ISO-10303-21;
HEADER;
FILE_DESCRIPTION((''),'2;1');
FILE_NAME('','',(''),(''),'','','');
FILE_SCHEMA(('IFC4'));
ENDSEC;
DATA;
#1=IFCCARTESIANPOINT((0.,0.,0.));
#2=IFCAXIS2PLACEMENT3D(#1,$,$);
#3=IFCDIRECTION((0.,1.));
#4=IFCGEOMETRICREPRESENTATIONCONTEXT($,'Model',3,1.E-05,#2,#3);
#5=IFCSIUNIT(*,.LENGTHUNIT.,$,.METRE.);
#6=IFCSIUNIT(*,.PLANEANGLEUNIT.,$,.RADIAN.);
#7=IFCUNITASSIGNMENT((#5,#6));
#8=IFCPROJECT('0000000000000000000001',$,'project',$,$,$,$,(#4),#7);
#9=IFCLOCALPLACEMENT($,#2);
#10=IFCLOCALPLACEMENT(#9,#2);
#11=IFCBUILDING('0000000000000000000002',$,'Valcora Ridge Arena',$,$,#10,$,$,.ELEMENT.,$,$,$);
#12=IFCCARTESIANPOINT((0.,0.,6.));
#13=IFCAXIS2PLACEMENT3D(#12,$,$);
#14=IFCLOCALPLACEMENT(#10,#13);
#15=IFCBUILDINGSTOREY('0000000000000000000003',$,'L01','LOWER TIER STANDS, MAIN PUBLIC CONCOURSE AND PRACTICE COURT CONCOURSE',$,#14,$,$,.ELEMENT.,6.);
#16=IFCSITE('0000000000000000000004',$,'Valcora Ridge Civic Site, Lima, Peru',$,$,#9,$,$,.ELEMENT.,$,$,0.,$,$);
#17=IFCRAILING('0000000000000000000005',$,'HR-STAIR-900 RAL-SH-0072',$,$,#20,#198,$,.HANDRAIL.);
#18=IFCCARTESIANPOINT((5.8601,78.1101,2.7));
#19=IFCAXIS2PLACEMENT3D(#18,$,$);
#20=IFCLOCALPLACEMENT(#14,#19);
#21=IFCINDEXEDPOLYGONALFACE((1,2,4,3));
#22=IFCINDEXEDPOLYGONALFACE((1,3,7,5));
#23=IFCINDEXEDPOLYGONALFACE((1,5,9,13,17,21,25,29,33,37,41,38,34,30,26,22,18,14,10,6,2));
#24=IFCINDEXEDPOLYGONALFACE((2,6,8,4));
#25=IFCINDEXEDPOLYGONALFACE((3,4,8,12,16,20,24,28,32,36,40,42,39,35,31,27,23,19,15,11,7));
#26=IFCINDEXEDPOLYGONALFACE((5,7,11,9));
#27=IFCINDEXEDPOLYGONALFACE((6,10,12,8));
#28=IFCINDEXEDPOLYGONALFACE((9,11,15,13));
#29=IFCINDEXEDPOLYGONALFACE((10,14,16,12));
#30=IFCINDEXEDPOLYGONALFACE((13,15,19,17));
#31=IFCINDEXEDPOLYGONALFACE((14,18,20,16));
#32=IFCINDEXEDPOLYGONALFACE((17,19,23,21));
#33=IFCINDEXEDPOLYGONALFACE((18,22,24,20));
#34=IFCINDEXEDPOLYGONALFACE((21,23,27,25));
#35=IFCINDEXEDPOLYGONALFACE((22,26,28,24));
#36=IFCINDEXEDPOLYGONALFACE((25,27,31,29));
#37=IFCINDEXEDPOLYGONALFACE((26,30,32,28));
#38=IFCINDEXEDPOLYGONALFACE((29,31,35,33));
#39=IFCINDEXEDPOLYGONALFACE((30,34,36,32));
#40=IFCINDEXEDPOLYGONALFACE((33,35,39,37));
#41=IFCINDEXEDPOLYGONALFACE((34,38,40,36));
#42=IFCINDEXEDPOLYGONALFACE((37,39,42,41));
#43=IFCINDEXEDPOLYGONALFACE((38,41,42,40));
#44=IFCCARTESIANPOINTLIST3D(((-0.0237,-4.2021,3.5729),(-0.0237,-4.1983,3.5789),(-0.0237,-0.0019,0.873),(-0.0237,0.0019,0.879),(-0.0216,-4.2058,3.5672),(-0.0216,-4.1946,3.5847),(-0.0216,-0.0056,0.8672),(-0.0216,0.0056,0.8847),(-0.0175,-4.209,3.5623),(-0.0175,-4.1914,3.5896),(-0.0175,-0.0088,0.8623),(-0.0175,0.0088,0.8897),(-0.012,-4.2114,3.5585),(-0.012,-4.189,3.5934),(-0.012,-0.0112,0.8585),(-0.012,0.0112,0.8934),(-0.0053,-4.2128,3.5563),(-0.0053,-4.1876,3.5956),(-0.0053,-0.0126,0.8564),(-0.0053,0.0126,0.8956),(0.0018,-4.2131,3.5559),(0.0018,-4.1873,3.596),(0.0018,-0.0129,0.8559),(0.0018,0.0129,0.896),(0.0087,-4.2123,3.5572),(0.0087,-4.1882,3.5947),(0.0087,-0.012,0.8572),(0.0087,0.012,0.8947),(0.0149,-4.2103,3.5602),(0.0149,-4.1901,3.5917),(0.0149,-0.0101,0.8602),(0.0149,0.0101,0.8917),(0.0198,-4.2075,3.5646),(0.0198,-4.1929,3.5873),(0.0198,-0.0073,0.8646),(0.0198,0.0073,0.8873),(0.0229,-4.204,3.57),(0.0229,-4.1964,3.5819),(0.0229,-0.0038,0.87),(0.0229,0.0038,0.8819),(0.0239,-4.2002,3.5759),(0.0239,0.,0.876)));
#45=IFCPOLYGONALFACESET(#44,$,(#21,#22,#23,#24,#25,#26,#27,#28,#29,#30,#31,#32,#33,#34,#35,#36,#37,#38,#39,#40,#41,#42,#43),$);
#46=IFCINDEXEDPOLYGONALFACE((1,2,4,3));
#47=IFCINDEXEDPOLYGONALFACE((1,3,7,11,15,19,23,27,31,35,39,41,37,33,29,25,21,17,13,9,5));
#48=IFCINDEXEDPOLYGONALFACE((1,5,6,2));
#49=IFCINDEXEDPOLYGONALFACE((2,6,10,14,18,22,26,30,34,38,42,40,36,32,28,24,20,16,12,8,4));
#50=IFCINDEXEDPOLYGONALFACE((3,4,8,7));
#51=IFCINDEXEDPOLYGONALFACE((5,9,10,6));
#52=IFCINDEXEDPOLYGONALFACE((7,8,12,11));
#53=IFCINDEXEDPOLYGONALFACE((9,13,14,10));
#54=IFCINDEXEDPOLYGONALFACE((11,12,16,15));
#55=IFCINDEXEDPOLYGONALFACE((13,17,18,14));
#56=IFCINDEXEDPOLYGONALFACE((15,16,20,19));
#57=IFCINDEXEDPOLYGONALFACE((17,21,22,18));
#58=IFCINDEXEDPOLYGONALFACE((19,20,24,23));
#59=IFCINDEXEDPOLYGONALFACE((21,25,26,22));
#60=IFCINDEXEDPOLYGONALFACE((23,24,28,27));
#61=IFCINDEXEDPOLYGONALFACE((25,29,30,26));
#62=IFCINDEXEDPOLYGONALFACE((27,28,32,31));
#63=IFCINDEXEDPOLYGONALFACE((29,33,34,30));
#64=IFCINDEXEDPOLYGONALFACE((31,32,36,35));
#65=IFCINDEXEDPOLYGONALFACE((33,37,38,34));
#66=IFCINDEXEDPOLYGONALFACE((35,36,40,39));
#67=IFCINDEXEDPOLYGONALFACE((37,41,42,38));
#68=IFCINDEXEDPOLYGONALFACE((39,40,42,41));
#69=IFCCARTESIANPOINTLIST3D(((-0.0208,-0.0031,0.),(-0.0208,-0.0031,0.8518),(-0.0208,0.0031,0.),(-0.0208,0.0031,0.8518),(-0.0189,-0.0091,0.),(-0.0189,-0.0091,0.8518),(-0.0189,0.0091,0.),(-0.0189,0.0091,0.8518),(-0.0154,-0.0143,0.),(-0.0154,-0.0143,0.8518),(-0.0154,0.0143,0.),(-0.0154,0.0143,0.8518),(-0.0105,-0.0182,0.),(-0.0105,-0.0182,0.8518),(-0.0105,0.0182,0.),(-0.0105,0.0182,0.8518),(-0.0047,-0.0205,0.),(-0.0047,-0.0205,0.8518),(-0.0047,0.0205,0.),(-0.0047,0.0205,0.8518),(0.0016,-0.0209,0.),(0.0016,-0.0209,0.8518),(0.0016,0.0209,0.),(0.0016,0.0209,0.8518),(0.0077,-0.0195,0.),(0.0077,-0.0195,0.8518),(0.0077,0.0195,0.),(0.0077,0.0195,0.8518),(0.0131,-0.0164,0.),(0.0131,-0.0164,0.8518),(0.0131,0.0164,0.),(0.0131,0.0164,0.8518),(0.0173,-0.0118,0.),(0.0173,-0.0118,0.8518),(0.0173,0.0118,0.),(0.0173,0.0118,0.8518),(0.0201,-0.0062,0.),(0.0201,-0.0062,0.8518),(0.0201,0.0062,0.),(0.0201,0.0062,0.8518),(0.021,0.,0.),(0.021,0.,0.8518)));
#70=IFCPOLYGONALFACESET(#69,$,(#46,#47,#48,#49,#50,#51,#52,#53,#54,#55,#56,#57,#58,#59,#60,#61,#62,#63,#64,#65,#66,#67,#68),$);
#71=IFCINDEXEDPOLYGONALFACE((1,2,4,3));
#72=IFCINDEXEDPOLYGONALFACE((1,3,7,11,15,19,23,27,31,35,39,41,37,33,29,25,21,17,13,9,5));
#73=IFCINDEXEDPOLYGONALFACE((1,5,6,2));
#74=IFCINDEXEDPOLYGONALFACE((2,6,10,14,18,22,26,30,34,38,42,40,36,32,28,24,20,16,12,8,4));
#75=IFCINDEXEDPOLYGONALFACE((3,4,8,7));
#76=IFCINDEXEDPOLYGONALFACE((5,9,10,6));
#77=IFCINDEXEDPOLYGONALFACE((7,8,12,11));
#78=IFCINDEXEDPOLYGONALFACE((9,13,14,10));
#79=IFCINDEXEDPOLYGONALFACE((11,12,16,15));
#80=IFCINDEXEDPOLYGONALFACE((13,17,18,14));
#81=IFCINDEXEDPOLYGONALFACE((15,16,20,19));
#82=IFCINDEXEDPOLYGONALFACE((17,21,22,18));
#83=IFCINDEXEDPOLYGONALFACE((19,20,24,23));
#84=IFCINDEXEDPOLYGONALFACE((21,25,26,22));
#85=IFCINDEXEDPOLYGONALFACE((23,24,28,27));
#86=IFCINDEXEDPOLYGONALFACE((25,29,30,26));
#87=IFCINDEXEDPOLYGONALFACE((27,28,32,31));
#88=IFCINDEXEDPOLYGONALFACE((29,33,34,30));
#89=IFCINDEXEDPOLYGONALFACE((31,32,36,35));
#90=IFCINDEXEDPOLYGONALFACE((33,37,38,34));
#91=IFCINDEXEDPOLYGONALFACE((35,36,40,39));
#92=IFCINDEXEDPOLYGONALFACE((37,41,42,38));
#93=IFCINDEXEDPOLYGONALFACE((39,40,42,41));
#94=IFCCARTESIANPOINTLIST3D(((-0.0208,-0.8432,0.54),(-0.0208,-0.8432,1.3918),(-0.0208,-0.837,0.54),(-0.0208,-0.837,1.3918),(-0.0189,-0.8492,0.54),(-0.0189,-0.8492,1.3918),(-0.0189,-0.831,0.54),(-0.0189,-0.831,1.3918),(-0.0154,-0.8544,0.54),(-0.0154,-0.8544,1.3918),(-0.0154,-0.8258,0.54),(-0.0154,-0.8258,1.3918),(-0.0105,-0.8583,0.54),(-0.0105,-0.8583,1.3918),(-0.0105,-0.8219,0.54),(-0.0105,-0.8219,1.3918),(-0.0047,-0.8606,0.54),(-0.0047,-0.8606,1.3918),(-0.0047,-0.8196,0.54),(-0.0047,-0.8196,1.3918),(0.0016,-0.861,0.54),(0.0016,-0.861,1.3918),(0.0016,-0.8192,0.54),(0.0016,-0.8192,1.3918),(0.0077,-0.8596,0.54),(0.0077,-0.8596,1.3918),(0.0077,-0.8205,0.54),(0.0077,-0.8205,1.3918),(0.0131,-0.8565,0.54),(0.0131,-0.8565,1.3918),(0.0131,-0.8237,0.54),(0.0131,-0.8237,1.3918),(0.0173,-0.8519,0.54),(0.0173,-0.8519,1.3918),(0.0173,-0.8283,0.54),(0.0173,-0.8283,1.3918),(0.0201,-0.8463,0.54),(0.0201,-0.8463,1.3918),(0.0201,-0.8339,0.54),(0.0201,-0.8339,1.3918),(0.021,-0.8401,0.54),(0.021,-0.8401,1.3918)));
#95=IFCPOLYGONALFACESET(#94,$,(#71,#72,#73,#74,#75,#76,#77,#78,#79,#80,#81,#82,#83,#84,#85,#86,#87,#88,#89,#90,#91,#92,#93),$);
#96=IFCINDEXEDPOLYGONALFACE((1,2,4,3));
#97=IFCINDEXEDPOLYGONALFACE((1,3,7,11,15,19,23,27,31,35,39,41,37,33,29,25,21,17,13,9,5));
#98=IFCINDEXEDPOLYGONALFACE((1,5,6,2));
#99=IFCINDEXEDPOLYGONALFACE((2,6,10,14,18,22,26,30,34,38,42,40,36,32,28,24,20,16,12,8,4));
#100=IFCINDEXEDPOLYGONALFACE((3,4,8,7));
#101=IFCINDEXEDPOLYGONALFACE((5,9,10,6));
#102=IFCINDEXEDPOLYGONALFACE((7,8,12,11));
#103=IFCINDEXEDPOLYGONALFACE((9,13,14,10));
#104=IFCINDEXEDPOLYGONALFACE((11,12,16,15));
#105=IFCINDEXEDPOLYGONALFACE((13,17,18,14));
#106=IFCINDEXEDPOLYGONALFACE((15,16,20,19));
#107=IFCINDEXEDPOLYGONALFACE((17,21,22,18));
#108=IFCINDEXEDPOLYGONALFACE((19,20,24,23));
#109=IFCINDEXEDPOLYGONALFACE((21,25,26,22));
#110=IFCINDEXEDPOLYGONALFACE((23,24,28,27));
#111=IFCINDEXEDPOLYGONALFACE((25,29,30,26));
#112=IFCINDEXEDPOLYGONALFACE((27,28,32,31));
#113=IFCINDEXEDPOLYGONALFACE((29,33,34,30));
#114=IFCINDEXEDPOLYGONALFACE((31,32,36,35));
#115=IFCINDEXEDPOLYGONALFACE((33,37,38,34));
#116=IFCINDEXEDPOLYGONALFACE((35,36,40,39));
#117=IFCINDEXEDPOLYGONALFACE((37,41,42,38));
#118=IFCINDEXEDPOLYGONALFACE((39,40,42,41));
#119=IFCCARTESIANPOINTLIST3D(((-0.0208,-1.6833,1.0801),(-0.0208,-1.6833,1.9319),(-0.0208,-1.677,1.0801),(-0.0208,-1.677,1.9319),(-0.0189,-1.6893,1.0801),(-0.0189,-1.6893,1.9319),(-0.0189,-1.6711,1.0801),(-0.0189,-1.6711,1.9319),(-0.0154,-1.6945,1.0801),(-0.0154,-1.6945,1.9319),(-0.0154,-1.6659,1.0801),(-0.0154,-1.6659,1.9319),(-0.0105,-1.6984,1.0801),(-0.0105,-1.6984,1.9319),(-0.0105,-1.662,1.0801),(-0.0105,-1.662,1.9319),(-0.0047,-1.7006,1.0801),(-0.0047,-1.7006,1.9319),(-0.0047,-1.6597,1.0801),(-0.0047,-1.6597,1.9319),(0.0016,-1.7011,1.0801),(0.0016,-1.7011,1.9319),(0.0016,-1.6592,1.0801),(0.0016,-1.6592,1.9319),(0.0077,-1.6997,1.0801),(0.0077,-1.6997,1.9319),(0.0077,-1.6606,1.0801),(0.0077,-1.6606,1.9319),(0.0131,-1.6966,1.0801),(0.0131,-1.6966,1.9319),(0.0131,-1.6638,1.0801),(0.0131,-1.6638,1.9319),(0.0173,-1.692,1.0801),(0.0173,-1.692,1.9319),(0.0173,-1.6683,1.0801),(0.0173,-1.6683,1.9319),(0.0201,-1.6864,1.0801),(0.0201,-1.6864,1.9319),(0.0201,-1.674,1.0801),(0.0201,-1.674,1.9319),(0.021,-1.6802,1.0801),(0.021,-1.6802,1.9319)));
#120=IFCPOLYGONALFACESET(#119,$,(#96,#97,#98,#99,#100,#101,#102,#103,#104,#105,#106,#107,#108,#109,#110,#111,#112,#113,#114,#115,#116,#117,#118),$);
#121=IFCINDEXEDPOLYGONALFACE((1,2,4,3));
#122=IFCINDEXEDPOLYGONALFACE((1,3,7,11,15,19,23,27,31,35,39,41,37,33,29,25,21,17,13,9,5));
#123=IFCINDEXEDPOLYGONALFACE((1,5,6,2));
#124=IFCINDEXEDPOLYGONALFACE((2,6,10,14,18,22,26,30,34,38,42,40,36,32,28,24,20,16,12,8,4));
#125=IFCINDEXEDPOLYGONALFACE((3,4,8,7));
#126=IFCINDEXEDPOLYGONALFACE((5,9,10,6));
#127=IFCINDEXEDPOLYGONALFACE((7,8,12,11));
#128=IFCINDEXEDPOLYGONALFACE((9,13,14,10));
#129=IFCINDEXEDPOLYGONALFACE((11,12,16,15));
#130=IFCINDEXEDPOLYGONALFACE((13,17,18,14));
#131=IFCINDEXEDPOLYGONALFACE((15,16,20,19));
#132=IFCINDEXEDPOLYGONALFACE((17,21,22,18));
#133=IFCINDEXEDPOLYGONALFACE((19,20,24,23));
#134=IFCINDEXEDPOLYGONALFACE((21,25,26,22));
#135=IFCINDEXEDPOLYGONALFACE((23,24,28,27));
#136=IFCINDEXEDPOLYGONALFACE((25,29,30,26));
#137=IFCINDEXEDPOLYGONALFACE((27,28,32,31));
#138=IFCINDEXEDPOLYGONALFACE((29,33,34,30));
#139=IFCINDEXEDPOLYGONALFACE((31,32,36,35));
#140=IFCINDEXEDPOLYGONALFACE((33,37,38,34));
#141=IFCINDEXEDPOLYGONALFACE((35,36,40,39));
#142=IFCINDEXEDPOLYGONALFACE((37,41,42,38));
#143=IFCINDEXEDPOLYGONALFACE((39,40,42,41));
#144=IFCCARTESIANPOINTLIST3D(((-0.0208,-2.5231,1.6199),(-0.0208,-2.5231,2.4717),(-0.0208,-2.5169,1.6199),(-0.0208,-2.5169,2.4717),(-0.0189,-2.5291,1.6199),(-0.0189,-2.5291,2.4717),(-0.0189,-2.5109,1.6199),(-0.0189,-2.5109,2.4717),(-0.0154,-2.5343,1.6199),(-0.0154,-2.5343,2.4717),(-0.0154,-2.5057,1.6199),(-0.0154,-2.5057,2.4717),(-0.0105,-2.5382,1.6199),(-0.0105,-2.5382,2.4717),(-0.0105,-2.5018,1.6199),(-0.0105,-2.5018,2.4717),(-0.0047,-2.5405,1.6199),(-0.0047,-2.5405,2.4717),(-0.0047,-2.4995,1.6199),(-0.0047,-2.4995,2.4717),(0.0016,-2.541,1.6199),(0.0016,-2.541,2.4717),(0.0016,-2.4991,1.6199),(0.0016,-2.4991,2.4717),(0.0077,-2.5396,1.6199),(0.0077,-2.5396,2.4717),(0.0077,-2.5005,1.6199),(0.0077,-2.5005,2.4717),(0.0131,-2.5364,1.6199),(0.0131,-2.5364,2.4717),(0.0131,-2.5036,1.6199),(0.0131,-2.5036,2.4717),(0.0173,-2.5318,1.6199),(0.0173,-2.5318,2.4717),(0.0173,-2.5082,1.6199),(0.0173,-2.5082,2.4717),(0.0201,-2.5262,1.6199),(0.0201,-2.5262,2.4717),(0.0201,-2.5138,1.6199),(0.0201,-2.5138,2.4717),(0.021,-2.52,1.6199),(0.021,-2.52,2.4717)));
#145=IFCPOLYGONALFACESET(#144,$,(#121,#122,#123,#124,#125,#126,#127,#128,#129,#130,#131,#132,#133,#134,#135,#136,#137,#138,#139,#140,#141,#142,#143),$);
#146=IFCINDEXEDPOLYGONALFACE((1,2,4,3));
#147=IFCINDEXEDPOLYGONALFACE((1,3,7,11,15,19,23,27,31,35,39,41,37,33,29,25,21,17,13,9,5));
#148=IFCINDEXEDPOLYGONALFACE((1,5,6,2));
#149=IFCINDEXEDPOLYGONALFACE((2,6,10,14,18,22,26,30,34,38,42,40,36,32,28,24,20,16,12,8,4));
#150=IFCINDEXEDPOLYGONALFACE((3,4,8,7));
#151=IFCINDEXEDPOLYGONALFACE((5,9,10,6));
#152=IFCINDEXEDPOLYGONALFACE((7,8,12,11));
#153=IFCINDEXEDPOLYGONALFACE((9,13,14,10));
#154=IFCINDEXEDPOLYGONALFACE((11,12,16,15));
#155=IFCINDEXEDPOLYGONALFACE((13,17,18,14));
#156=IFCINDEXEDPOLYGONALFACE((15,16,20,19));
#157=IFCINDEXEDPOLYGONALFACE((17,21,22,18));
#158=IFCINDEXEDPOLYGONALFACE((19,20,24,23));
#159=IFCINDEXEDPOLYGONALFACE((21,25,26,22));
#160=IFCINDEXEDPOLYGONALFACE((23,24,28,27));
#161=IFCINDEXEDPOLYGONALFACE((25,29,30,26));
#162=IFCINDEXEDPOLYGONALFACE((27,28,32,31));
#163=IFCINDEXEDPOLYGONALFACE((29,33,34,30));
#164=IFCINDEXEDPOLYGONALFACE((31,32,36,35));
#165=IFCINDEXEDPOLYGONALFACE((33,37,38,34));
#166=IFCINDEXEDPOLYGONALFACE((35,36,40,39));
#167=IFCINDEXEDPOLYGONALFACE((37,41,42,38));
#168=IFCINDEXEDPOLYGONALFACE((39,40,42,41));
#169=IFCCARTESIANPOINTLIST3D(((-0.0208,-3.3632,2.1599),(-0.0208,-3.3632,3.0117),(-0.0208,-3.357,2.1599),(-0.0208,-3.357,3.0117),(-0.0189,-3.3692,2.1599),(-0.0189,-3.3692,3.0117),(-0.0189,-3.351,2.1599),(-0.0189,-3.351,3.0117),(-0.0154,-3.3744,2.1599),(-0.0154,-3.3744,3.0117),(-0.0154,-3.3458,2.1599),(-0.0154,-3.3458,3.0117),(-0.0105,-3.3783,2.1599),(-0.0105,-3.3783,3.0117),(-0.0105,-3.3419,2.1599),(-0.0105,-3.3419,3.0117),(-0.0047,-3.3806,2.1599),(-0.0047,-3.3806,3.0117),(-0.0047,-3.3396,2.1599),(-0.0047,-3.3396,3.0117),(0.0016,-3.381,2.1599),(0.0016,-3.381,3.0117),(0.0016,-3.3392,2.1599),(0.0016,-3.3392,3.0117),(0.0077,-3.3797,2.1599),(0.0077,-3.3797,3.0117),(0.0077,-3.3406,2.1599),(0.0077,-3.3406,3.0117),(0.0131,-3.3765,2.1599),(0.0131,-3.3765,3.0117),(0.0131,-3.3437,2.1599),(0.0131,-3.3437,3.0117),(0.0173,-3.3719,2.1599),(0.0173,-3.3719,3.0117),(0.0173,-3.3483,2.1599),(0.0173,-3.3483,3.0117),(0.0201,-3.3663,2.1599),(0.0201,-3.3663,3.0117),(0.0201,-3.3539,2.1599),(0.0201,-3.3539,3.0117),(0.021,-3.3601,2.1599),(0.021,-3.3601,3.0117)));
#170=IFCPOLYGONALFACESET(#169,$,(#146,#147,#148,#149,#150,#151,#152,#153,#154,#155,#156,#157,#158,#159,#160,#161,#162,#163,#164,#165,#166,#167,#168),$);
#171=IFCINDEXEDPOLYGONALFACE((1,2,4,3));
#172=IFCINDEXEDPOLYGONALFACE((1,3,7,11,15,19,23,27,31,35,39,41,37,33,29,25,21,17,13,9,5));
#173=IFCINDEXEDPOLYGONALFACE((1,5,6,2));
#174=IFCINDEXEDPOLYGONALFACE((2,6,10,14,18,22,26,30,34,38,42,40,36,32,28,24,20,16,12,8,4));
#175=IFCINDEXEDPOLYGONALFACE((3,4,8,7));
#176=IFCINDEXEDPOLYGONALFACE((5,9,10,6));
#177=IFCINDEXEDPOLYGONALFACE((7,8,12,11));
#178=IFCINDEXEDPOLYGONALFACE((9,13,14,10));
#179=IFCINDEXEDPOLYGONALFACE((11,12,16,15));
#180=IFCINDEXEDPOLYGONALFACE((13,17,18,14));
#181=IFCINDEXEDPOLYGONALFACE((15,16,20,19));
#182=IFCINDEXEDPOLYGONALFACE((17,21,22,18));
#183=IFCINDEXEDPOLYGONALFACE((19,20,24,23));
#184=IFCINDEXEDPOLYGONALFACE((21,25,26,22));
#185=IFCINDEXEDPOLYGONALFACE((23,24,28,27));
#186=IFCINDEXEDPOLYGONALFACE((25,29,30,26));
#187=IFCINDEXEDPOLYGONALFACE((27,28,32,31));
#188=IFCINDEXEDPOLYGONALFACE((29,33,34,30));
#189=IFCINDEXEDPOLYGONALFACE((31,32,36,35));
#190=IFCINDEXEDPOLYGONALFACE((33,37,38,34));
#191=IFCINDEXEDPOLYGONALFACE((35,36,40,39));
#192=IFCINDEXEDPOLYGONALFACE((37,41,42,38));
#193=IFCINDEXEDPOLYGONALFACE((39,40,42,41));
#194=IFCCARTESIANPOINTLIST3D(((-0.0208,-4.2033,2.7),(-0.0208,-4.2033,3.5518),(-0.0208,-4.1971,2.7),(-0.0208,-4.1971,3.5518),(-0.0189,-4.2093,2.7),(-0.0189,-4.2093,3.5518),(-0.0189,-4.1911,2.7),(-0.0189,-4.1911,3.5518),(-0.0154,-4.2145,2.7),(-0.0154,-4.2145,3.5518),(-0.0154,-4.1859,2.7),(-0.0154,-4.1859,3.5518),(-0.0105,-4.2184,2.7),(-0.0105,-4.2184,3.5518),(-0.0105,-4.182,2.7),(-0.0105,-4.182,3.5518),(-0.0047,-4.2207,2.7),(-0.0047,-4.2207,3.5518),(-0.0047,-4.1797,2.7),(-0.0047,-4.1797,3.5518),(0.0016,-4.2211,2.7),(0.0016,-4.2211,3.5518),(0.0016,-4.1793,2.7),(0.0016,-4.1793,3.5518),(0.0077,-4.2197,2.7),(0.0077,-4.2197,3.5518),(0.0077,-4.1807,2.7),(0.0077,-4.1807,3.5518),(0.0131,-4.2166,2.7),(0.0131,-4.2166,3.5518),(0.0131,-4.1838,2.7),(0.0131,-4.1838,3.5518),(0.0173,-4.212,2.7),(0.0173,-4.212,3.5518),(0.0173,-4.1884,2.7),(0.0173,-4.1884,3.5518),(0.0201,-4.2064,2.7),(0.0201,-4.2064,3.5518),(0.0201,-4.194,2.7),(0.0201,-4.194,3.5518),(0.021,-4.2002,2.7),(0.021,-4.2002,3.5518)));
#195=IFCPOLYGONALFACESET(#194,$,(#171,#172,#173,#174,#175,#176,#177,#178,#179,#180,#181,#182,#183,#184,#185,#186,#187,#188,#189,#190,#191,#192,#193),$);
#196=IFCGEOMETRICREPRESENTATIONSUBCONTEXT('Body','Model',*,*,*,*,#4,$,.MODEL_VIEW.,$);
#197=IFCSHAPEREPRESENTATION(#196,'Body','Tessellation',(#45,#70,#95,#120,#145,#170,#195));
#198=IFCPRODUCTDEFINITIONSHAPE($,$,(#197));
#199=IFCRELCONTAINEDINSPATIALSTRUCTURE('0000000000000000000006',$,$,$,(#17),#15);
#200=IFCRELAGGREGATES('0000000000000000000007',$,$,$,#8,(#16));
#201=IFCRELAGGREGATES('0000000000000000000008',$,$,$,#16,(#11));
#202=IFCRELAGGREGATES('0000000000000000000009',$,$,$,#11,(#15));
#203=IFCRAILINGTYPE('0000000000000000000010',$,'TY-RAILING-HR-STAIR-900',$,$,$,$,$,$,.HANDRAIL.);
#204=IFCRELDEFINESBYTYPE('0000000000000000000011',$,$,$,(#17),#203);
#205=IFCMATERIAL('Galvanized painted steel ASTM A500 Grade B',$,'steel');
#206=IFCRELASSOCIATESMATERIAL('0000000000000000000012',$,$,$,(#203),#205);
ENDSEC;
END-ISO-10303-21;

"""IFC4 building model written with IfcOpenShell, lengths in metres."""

from ifc_helpers import new_model, si_unit, direction, frame, origin, origin_2d, place, context, subcontext, project, spatial, circle, extrude, material, type_object, element, save


model = new_model("IFC4")

# Units and contexts
model_context = context("Model", 3, precision=1e-05, world=origin(), true_north=direction((0.0, 1.0)))
body_context = subcontext(model_context, "Body", "Model", "MODEL_VIEW")
ifc_project = project(units=[si_unit("LENGTHUNIT", "METRE"), si_unit("PLANEANGLEUNIT", "RADIAN")], contexts=[model_context])

# Site, building, storey
site_placement = place(None, origin())
site = spatial("IfcSite", under=ifc_project, at=site_placement, Name="Valcora Ridge Civic Site, Lima, Peru", CompositionType="ELEMENT", RefElevation=0.0)
building_placement = place(site_placement, origin())
building = spatial("IfcBuilding", under=site, at=building_placement, Name="Valcora Ridge Arena", CompositionType="ELEMENT")
storey_placement = place(building_placement, frame((0.0, 0.0, 6.0)))
storey = spatial("IfcBuildingStorey", under=building, at=storey_placement, Name="L01", Description="LOWER TIER STANDS, MAIN PUBLIC CONCOURSE AND PRACTICE COURT CONCOURSE", CompositionType="ELEMENT", Elevation=6.0)

# Railing
ifc_material_1 = material(Name="Galvanized painted steel ASTM A500 Grade B", Category="steel")
railing_type_1 = type_object("IfcRailingType", Name="TY-RAILING-HR-STAIR-900", PredefinedType="HANDRAIL", material=ifc_material_1)
railing_1_placement = place(storey_placement, frame((5.8601, 78.1101, 2.7)))
element("IfcRailing", 1, at=railing_1_placement, inside=storey, type_object=railing_type_1, Name="HR-STAIR-900 RAL-SH-0072", PredefinedType="HANDRAIL", context=body_context, shape_type="SweptSolid", body=[
    extrude(circle(Radius=0.0239, at=origin_2d()), frame((0.0, 0.0, 0.876), z_axis=(0.0, -0.841194, 0.540733), x_axis=(1.0, 0.0, 0.0)), (0.0, 0.0, 1.0), 4.9932),
    extrude(circle(Radius=0.021, at=origin_2d()), origin(), (0.0, 0.0, 1.0), 0.8518),
    extrude(circle(Radius=0.021, at=origin_2d()), frame((0.0, -0.8401, 0.54)), (0.0, 0.0, 1.0), 0.8518),
    extrude(circle(Radius=0.021, at=origin_2d()), frame((0.0, -1.6802, 1.0801)), (0.0, 0.0, 1.0), 0.8518),
    extrude(circle(Radius=0.021, at=origin_2d()), frame((0.0, -2.52, 1.6199)), (0.0, 0.0, 1.0), 0.8518),
    extrude(circle(Radius=0.021, at=origin_2d()), frame((0.0, -3.3601, 2.1599)), (0.0, 0.0, 1.0), 0.8518),
    extrude(circle(Radius=0.021, at=origin_2d()), frame((0.0, -4.2002, 2.7)), (0.0, 0.0, 1.0), 0.8518),
])

save(model, "model.ifc")
